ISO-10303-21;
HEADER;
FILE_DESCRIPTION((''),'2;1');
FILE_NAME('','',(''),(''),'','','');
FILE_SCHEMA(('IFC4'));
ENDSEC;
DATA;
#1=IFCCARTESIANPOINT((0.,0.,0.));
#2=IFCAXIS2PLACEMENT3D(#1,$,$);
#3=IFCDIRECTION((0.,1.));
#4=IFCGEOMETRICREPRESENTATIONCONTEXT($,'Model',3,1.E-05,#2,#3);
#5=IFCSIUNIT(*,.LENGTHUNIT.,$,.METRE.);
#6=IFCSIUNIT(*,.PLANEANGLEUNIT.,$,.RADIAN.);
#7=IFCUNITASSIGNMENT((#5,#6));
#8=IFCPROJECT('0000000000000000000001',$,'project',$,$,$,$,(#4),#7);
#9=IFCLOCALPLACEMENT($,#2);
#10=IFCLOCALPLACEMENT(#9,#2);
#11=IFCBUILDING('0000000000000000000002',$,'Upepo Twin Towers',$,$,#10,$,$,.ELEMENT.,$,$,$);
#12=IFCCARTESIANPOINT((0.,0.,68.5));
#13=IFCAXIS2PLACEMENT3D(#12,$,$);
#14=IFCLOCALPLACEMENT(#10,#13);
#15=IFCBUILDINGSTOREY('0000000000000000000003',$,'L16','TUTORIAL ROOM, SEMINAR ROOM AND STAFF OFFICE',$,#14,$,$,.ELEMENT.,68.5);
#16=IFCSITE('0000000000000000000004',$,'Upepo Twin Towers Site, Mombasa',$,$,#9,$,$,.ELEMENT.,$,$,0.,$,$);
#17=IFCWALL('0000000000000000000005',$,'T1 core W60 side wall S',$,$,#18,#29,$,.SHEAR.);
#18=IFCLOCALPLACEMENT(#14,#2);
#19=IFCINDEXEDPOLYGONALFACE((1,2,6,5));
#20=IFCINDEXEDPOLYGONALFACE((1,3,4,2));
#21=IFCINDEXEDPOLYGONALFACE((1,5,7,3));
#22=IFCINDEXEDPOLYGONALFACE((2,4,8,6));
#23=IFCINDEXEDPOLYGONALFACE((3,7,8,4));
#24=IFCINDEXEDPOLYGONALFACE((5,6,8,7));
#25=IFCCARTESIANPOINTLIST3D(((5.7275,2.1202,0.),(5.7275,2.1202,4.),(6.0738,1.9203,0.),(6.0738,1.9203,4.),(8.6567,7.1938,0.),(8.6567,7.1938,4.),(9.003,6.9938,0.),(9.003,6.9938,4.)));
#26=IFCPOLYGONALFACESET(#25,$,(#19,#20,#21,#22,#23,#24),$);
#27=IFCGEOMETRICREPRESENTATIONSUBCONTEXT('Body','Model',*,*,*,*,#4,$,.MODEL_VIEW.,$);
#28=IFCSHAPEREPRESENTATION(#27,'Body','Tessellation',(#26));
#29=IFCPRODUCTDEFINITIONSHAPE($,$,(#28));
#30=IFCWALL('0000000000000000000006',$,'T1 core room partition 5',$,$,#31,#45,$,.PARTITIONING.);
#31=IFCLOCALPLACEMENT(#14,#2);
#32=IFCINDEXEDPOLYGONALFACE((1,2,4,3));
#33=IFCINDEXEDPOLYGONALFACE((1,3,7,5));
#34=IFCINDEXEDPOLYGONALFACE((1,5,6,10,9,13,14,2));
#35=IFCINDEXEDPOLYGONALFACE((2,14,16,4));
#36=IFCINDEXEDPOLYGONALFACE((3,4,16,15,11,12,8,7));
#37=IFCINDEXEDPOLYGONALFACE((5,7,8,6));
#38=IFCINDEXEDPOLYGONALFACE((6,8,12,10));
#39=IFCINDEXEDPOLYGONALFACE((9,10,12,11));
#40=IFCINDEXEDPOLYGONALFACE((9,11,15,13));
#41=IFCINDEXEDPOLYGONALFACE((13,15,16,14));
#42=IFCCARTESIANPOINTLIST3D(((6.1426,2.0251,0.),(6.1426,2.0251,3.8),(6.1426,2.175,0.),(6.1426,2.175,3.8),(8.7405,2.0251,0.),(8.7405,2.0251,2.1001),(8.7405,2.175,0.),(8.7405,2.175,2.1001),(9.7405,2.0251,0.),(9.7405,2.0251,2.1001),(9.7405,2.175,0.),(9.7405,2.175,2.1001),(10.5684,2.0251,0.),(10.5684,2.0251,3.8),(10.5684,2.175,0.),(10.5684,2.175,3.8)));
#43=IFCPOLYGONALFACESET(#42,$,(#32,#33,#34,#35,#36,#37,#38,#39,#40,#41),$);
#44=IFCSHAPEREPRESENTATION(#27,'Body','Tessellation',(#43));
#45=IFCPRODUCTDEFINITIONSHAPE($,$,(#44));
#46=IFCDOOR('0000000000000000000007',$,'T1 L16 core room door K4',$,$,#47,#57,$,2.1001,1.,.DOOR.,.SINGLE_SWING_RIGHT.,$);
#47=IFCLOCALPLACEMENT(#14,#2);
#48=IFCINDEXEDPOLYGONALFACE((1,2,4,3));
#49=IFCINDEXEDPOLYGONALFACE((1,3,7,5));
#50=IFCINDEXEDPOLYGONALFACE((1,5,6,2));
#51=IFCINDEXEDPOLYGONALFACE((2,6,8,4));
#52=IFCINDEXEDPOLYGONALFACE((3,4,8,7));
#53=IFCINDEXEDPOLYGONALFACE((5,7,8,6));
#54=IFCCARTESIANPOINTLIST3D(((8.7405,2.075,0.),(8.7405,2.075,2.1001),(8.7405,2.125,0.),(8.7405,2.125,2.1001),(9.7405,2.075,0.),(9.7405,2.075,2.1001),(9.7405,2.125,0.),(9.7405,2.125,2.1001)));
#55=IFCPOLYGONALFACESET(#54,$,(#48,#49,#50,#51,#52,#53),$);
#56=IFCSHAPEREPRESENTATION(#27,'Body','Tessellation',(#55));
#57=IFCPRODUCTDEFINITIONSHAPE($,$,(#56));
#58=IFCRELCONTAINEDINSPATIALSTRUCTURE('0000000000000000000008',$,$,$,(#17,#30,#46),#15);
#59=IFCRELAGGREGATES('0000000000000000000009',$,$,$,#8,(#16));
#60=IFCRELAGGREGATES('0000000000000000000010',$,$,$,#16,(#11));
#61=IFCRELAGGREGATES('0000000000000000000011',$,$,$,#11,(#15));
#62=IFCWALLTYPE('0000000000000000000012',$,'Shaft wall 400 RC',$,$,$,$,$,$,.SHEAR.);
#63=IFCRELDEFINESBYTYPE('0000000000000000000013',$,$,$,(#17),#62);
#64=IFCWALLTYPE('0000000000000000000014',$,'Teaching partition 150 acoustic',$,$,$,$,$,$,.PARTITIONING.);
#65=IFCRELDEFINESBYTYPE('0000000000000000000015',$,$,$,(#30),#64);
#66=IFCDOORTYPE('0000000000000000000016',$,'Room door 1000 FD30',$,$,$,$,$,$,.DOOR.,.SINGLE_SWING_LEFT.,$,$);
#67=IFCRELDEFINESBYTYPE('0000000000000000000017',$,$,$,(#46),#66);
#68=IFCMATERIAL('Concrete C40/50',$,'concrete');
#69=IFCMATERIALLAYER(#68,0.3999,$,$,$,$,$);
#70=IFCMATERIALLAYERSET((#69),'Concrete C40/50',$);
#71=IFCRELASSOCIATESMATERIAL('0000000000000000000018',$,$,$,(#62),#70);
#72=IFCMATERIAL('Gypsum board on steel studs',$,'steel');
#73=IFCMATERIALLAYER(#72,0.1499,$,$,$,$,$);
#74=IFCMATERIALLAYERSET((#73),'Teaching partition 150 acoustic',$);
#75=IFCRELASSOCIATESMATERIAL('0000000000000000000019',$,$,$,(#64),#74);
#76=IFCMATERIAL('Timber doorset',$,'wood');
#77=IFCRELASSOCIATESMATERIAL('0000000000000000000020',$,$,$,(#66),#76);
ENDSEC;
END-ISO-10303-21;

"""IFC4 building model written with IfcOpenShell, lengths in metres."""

from ifc_helpers import new_model, si_unit, direction, frame, frame_2d, origin, place, context, subcontext, project, spatial, rectangle, extrude, material, layer, layer_set, type_object, element, fill, save


model = new_model("IFC4")

# Units and contexts
model_context = context("Model", 3, precision=1e-05, world=origin(), true_north=direction((0.0, 1.0)))
body_context = subcontext(model_context, "Body", "Model", "MODEL_VIEW")
ifc_project = project(units=[si_unit("LENGTHUNIT", "METRE"), si_unit("PLANEANGLEUNIT", "RADIAN")], contexts=[model_context])

# Site, building, storey
site_placement = place(None, origin())
site = spatial("IfcSite", under=ifc_project, at=site_placement, Name="Upepo Twin Towers Site, Mombasa", CompositionType="ELEMENT", RefElevation=0.0)
building_placement = place(site_placement, origin())
building = spatial("IfcBuilding", under=site, at=building_placement, Name="Upepo Twin Towers", CompositionType="ELEMENT")
storey_placement = place(building_placement, frame((0.0, 0.0, 68.5)))
storey = spatial("IfcBuildingStorey", under=building, at=storey_placement, Name="L16", Description="TUTORIAL ROOM, SEMINAR ROOM AND STAFF OFFICE", CompositionType="ELEMENT", Elevation=68.5)

# Wall
ifc_material_1 = material(Name="Concrete C40/50", Category="concrete")
ifc_layer_1 = layer(ifc_material_1, 0.3999)
ifc_layer_set_1 = layer_set([ifc_layer_1], Name="Concrete C40/50")
wall_type_1 = type_object("IfcWallType", Name="Shaft wall 400 RC", PredefinedType="SHEAR", material=ifc_layer_set_1)
for number, where, z_axis, x_axis, name in (
    (1, (5.9006, 2.0203, 0.0), (0.0, 0.0, 1.0), (0.500003, 0.866024, 0.0), "T1 core W60 side wall S"),
):
    element("IfcWall", number, at=place(storey_placement, frame(where, z_axis=z_axis, x_axis=x_axis)), inside=storey, type_object=wall_type_1, Name=name, PredefinedType="SHEAR", context=body_context, shape_type="SweptSolid", body=[
        extrude(rectangle(XDim=5.8584, YDim=0.3999, at=frame_2d((2.9292, 0.0))), origin(), (0.0, 0.0, 1.0), 4.0),
    ])

# Wall, opening, door
ifc_material_2 = material(Name="Gypsum board on steel studs", Category="steel")
ifc_layer_2 = layer(ifc_material_2, 0.1499)
ifc_layer_set_2 = layer_set([ifc_layer_2], Name="Teaching partition 150 acoustic")
wall_type_2 = type_object("IfcWallType", Name="Teaching partition 150 acoustic", PredefinedType="PARTITIONING", material=ifc_layer_set_2)
wall_1_placement = place(storey_placement, frame((6.1426, 2.1001, 0.0), z_axis=(0.0, 0.0, 1.0), x_axis=(1.0, 0.0, 0.0)))
wall_1 = element("IfcWall", 2, at=wall_1_placement, inside=storey, type_object=wall_type_2, Name="T1 core room partition 5", PredefinedType="PARTITIONING", context=body_context, shape_type="SweptSolid", body=[
    extrude(rectangle(XDim=4.4258, YDim=0.1499, at=frame_2d((2.2129, 0.0))), origin(), (0.0, 0.0, 1.0), 3.8),
])
opening_1_placement = place(wall_1_placement, frame((2.5979, 0.0, 0.0)))
opening_1 = element("IfcOpeningElement", 3, at=opening_1_placement, cuts=wall_1, PredefinedType="OPENING", context=body_context, shape_type="SweptSolid", body=[
    extrude(rectangle(XDim=1.0, YDim=2.1001, at=frame_2d((0.5, 1.05))), frame((0.0, 0.085, 0.0), z_axis=(0.0, -1.0, 0.0), x_axis=(1.0, 0.0, 0.0)), (0.0, 0.0, 1.0), 0.1699),
])
ifc_material_3 = material(Name="Timber doorset", Category="wood")
door_type_1 = type_object("IfcDoorType", Name="Room door 1000 FD30", OperationType="SINGLE_SWING_LEFT", PredefinedType="DOOR", material=ifc_material_3)
door_1_placement = place(opening_1_placement, origin())
door_1 = element("IfcDoor", 4, at=door_1_placement, inside=storey, type_object=door_type_1, Name="T1 L16 core room door K4", OperationType="SINGLE_SWING_RIGHT", OverallHeight=2.1001, OverallWidth=1.0, PredefinedType="DOOR", context=body_context, shape_type="SweptSolid", body=[
    extrude(rectangle(XDim=1.0, YDim=2.1001, at=frame_2d((0.5, 1.05))), frame((0.0, 0.0249, 0.0), z_axis=(0.0, -1.0, 0.0), x_axis=(1.0, 0.0, 0.0)), (0.0, 0.0, 1.0), 0.05),
])
fill(opening_1, door_1)

save(model, "model.ifc")
